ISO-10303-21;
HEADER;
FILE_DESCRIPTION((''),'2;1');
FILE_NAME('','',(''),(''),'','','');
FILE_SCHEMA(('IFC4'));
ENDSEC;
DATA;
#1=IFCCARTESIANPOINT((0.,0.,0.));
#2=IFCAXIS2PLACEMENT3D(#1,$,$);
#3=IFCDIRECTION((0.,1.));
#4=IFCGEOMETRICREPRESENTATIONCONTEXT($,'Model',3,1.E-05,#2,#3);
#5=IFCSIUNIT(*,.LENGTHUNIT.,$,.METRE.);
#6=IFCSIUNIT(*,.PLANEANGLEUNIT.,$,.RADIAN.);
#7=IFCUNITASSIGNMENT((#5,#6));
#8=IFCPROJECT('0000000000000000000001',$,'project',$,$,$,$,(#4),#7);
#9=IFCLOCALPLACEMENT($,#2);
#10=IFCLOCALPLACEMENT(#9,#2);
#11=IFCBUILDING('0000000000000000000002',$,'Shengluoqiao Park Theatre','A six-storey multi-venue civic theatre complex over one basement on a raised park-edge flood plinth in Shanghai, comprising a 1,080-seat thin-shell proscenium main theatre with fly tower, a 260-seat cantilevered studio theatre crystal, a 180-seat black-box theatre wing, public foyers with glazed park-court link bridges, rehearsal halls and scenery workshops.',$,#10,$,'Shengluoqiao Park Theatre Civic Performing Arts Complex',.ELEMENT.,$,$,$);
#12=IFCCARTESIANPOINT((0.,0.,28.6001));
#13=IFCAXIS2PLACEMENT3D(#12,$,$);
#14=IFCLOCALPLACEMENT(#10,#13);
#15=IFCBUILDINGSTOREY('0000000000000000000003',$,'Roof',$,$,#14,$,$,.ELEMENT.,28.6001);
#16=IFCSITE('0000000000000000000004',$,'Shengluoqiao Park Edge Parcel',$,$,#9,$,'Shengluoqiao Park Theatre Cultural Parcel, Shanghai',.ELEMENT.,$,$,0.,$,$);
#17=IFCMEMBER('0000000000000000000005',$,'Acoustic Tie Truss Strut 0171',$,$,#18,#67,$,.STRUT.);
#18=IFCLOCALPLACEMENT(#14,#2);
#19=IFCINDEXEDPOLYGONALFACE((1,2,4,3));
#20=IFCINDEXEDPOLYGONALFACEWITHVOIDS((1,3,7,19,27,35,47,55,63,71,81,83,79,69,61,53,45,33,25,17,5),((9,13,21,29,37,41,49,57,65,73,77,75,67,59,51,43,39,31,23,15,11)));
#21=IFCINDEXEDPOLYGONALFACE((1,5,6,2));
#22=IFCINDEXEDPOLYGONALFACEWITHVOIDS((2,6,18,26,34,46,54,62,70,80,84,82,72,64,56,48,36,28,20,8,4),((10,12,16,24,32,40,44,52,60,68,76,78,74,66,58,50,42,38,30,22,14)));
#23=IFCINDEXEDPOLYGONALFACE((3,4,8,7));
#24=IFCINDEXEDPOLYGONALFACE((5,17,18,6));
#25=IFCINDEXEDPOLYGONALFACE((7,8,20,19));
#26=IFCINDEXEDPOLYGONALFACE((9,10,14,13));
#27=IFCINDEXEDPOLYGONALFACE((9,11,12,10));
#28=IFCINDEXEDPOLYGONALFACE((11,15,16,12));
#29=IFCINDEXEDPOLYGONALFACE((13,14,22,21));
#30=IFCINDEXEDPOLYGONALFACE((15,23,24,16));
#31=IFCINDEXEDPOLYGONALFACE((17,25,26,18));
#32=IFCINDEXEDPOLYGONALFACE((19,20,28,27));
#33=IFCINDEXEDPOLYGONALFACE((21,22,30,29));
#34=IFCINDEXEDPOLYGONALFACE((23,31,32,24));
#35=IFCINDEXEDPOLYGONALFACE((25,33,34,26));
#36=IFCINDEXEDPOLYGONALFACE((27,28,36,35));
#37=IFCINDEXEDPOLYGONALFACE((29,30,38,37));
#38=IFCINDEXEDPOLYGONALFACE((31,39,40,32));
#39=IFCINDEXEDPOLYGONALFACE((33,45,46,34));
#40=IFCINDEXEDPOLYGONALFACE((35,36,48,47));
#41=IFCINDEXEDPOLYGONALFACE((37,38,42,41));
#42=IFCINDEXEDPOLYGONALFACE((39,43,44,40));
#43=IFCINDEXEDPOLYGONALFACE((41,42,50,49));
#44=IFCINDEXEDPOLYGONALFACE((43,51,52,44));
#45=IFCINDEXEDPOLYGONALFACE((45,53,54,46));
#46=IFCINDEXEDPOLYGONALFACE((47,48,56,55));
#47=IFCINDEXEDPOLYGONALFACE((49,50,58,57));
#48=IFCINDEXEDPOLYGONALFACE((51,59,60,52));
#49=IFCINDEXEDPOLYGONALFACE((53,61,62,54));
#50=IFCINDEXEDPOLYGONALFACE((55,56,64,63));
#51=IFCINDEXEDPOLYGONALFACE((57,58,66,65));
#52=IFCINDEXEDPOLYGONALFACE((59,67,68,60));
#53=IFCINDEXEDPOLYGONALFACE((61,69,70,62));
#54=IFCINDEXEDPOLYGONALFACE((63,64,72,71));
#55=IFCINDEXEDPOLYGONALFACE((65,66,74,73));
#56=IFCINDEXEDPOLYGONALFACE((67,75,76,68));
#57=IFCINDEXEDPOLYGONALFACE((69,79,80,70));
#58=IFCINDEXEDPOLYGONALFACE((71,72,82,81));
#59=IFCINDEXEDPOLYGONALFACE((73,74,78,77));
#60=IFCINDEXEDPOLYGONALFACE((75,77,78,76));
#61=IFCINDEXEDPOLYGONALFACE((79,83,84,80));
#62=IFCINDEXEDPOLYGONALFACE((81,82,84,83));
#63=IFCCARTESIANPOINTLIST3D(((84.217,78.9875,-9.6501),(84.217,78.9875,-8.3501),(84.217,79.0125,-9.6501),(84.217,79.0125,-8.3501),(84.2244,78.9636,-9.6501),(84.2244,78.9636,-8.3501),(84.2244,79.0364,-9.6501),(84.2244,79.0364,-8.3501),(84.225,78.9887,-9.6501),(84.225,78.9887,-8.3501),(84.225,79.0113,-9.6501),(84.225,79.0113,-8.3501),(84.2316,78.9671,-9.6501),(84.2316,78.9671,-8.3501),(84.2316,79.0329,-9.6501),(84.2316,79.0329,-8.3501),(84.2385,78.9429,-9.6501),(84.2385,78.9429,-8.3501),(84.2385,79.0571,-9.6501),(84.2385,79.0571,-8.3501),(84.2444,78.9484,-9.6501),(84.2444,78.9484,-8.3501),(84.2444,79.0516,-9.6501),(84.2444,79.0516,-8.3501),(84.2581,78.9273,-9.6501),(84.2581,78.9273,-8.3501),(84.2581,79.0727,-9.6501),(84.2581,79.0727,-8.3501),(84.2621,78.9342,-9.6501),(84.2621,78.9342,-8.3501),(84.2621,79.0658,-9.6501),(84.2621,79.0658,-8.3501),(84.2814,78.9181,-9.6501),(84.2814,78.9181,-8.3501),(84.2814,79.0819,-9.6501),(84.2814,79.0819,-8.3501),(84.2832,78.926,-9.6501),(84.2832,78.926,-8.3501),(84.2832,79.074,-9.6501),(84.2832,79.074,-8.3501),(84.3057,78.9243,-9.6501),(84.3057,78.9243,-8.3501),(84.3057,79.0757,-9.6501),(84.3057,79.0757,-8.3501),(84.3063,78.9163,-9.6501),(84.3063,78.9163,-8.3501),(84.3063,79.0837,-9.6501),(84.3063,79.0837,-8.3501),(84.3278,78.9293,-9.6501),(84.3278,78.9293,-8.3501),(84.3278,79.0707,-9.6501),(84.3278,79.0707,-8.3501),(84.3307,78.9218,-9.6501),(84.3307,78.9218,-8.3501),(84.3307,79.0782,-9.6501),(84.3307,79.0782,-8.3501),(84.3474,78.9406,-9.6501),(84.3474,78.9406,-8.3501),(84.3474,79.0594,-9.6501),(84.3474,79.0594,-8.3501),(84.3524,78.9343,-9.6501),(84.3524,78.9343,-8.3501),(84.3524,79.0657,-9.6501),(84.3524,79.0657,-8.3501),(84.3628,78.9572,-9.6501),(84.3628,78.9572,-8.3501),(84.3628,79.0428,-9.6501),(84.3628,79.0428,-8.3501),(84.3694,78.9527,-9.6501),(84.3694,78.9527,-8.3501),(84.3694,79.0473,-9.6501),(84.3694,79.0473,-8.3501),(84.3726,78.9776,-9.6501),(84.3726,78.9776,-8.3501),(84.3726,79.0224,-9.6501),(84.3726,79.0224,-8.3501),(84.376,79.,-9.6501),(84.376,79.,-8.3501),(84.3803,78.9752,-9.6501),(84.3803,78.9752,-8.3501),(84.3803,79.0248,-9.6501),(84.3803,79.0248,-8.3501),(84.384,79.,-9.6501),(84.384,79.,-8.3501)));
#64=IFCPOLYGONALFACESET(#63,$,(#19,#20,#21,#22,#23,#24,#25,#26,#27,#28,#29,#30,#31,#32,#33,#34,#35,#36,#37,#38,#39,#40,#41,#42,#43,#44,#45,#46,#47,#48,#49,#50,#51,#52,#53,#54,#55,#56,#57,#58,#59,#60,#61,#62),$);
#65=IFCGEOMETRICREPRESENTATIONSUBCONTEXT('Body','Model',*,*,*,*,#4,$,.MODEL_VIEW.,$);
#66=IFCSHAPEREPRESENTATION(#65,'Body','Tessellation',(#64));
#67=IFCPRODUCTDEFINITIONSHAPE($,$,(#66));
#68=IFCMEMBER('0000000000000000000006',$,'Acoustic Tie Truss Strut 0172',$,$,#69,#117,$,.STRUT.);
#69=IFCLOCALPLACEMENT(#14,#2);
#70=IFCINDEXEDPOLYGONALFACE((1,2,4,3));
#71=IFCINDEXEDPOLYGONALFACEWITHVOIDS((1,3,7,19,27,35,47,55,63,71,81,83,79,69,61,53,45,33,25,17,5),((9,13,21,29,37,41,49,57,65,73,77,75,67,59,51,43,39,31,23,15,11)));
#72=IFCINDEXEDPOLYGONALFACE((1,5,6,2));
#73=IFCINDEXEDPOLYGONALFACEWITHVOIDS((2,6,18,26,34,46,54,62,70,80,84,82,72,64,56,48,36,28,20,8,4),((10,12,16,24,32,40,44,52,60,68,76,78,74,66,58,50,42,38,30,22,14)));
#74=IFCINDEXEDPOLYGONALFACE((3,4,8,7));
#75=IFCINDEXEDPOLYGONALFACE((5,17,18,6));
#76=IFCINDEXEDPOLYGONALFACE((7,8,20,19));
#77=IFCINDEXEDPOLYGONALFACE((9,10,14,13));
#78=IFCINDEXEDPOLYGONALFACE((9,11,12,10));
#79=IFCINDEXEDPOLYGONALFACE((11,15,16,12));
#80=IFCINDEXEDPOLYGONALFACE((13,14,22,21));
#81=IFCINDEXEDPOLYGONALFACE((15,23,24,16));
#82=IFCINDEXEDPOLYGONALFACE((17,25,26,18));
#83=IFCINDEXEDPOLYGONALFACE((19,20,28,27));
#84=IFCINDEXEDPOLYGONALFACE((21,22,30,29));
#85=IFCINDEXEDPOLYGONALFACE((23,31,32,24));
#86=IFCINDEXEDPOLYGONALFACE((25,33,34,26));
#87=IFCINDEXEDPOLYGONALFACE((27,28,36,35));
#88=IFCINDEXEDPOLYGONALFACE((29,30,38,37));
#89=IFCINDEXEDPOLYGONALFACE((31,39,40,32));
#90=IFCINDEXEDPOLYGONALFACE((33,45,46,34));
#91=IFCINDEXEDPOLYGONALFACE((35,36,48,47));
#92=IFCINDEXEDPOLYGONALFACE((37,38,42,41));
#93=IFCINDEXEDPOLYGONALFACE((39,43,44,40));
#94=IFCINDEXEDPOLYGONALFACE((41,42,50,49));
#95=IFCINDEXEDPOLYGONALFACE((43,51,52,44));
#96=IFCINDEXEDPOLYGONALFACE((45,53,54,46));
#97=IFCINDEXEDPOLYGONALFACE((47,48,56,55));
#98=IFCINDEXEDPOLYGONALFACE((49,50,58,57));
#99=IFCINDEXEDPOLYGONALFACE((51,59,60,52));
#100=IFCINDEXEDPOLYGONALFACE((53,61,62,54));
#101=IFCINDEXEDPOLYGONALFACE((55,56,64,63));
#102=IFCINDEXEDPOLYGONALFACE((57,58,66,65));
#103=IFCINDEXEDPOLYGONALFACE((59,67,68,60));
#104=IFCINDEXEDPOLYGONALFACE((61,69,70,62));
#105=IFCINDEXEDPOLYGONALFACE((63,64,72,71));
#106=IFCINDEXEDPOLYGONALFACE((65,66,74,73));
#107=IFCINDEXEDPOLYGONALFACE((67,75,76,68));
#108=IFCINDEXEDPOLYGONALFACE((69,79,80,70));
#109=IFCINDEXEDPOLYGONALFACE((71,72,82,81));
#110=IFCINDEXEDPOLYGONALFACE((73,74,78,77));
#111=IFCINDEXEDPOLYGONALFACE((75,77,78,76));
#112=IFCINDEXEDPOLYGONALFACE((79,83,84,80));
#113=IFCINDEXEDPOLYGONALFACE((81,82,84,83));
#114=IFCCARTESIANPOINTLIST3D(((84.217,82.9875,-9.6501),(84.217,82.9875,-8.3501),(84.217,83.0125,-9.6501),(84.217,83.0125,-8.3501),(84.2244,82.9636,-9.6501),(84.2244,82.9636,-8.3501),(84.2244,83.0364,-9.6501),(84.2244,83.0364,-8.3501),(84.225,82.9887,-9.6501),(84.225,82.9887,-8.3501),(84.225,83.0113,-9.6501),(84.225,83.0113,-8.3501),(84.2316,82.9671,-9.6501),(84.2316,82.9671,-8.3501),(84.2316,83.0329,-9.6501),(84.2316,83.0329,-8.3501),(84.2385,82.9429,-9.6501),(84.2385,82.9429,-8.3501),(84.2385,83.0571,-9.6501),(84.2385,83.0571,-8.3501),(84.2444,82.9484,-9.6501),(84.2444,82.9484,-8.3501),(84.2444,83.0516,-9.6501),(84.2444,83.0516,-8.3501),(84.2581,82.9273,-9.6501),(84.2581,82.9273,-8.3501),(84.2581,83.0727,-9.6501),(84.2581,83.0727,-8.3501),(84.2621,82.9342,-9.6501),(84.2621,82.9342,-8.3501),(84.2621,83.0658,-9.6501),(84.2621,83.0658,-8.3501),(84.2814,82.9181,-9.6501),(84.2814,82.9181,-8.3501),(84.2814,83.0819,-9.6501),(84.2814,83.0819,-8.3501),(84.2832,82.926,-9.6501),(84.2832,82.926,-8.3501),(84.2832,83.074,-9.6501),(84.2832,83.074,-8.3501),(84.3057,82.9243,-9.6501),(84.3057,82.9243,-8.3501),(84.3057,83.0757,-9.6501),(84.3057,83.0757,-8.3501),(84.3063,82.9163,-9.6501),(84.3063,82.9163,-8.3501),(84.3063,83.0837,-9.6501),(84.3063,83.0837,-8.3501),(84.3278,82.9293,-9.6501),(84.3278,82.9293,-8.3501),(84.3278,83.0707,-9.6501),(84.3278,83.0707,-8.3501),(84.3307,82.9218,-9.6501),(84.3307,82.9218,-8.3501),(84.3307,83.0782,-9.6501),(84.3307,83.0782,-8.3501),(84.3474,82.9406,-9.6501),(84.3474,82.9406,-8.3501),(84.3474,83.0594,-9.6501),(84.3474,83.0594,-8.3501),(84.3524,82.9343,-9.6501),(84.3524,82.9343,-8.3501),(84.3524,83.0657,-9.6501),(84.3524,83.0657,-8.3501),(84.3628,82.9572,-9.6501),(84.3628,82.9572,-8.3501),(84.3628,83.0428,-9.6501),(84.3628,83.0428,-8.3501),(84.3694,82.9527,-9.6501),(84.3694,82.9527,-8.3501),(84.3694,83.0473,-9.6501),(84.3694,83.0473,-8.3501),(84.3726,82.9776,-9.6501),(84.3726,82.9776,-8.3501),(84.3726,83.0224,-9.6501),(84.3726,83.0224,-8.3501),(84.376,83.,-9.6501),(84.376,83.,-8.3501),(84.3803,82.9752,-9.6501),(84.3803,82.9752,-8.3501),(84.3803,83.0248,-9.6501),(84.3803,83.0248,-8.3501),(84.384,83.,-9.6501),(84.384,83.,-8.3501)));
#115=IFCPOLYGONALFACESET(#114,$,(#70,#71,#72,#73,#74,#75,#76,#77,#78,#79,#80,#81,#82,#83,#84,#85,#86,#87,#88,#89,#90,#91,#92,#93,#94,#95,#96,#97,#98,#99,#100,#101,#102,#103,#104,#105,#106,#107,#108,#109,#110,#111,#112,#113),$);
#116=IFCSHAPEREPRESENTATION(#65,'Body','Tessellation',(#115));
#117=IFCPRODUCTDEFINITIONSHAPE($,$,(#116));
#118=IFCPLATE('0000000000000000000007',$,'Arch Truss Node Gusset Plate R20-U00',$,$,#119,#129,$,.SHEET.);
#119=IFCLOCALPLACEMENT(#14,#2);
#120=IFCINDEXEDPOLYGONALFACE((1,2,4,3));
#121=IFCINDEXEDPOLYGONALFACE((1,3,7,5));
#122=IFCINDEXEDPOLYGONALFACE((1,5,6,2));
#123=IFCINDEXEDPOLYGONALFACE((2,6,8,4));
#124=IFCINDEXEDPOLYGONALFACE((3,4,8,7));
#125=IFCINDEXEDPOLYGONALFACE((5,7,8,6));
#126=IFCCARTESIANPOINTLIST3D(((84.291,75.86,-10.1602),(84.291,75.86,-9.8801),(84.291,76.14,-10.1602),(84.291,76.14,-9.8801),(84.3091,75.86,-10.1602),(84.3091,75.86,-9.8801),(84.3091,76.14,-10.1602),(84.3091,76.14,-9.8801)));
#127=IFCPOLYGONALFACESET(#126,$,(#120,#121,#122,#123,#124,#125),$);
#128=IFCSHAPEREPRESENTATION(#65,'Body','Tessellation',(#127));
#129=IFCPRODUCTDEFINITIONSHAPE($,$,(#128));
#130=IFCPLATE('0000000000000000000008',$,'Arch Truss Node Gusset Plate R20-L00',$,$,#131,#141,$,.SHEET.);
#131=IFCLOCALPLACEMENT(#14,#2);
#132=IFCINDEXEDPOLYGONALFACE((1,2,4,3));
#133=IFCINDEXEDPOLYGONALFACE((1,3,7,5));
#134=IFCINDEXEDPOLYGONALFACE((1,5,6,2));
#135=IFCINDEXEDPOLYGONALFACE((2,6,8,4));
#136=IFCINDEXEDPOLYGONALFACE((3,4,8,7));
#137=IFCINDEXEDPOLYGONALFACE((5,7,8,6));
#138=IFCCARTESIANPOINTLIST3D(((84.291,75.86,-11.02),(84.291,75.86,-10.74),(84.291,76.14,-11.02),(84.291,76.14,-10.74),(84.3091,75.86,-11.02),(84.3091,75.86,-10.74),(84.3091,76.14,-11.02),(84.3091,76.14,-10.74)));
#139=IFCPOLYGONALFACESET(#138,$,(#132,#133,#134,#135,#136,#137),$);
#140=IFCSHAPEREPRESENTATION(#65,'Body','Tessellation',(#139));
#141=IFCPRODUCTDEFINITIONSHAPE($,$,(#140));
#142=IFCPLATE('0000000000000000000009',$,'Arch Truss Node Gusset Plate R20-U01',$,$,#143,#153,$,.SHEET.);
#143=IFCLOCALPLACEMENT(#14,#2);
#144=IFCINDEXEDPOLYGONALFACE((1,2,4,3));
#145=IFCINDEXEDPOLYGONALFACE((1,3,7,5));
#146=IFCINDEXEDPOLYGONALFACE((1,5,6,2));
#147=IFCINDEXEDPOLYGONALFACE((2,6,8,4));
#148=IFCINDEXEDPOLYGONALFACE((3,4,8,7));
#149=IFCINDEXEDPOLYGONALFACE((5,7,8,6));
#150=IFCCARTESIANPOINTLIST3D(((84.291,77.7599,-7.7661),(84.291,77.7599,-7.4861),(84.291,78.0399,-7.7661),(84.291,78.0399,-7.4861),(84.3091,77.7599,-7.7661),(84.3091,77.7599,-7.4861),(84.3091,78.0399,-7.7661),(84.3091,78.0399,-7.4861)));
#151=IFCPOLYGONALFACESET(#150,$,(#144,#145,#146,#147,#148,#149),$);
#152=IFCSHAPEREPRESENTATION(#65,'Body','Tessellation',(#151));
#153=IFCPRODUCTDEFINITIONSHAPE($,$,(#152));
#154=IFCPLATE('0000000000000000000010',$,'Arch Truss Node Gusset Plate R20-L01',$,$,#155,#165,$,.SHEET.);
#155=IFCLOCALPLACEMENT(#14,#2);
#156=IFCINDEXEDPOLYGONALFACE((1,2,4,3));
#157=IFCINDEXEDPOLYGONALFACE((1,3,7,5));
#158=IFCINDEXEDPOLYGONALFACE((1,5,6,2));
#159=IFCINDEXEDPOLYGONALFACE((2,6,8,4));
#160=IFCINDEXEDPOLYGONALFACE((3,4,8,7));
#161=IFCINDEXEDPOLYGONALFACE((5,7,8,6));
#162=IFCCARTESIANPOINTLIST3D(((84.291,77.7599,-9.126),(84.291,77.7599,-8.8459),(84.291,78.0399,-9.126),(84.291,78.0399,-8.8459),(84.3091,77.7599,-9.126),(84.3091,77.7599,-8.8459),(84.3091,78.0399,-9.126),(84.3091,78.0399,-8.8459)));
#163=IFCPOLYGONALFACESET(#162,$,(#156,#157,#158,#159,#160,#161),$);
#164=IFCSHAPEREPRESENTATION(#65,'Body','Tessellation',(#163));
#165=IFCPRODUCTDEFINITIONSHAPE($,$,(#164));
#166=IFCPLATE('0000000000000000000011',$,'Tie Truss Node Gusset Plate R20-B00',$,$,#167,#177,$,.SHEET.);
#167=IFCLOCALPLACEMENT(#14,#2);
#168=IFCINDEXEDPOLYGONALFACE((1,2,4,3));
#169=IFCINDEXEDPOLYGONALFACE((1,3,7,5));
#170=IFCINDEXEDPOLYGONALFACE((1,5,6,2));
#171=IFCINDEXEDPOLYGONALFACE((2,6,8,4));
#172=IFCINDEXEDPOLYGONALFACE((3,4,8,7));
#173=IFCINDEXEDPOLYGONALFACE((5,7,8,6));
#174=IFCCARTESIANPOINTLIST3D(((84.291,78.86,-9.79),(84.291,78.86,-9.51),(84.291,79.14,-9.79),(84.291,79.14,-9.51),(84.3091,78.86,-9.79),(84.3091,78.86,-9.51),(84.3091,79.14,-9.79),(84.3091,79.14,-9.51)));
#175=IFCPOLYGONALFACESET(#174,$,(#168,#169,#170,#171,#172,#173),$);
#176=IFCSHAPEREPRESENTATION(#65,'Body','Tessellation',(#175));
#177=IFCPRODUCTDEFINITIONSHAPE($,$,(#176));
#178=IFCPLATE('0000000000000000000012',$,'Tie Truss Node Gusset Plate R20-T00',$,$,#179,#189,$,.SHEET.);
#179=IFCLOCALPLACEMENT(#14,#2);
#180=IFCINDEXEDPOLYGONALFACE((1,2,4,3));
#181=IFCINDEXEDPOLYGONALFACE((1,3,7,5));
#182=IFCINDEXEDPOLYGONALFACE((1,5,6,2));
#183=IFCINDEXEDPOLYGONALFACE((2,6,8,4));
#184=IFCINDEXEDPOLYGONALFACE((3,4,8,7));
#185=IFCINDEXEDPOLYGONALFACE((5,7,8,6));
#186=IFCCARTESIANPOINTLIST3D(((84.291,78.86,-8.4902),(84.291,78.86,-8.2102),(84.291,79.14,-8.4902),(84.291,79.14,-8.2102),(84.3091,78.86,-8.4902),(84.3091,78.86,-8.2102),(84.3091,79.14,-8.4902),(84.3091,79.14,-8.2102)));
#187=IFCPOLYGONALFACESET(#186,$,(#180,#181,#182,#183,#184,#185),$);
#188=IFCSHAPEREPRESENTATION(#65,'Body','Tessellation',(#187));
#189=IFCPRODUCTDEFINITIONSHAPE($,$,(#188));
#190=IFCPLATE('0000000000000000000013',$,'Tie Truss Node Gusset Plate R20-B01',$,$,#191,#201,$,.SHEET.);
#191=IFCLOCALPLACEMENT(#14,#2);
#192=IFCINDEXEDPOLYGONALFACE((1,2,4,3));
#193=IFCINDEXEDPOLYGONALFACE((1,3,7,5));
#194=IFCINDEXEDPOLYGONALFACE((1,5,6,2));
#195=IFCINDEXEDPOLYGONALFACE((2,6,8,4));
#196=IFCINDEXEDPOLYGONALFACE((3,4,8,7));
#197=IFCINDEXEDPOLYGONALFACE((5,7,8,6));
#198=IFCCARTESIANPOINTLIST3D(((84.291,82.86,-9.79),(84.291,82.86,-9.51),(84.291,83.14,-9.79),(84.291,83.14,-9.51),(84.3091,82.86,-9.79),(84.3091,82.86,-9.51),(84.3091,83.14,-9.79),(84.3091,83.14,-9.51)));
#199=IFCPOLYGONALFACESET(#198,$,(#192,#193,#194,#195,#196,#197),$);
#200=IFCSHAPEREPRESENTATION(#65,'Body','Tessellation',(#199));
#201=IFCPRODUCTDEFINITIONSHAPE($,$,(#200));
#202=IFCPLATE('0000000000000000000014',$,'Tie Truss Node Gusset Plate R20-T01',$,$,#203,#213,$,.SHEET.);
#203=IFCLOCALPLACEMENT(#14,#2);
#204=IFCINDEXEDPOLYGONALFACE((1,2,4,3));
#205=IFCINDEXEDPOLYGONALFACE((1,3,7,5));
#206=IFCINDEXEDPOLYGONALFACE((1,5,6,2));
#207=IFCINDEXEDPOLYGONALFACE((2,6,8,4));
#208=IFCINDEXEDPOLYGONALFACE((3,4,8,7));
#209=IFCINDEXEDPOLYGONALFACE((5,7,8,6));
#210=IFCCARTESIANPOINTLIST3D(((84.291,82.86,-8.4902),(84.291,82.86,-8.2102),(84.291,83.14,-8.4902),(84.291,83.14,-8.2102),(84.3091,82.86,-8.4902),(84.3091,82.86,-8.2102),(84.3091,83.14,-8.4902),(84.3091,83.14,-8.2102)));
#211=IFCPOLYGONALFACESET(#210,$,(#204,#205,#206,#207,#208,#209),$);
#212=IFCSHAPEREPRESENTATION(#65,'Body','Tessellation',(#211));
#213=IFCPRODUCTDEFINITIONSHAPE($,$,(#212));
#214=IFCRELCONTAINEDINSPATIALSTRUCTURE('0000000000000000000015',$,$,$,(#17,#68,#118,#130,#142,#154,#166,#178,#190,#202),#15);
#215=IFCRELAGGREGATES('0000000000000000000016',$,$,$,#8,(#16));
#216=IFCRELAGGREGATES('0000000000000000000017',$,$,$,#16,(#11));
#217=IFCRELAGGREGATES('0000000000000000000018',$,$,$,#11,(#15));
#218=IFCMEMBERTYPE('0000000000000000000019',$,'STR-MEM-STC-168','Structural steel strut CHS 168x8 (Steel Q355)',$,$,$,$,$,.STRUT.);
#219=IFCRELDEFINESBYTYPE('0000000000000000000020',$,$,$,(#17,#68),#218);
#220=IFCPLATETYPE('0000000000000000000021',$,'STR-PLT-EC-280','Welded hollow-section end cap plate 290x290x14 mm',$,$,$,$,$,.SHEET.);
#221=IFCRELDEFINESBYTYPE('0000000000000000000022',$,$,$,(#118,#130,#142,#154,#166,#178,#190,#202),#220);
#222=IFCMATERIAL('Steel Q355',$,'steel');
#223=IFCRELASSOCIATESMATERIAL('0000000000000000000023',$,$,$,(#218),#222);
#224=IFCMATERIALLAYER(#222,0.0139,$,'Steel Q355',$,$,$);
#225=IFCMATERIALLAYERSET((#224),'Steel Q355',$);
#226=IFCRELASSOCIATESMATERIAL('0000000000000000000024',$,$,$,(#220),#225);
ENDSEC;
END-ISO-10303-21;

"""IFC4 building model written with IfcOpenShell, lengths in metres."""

from ifc_helpers import new_model, si_unit, direction, frame, origin, origin_2d, place, context, subcontext, project, spatial, rectangle, hollow_circle, extrude, material, layer, layer_set, material_profile, profile_set, type_object, element, save


model = new_model("IFC4")

# Units and contexts
model_context = context("Model", 3, precision=1e-05, world=origin(), true_north=direction((0.0, 1.0)))
body_context = subcontext(model_context, "Body", "Model", "MODEL_VIEW")
ifc_project = project(units=[si_unit("LENGTHUNIT", "METRE"), si_unit("PLANEANGLEUNIT", "RADIAN")], contexts=[model_context])

# Site, building, storey
site_placement = place(None, origin())
site = spatial("IfcSite", under=ifc_project, at=site_placement, Name="Shengluoqiao Park Edge Parcel", LongName="Shengluoqiao Park Theatre Cultural Parcel, Shanghai", CompositionType="ELEMENT", RefElevation=0.0)
building_placement = place(site_placement, origin())
building = spatial("IfcBuilding", under=site, at=building_placement, Name="Shengluoqiao Park Theatre", Description="A six-storey multi-venue civic theatre complex over one basement on a raised park-edge flood plinth in Shanghai, comprising a 1,080-seat thin-shell proscenium main theatre with fly tower, a 260-seat cantilevered studio theatre crystal, a 180-seat black-box theatre wing, public foyers with glazed park-court link bridges, rehearsal halls and scenery workshops.", LongName="Shengluoqiao Park Theatre Civic Performing Arts Complex", CompositionType="ELEMENT")
storey_placement = place(building_placement, frame((0.0, 0.0, 28.6001)))
storey = spatial("IfcBuildingStorey", under=building, at=storey_placement, Name="Roof", CompositionType="ELEMENT", Elevation=28.6001)

# Shared definitions
ifc_material_1 = material(Name="Steel Q355", Category="steel")

# Members
ifc_material_profile_1 = material_profile(ifc_material_1, hollow_circle(Radius=0.084, WallThickness=0.0081, at=origin_2d()), Name="CHS 168x8")
ifc_profile_set_1 = profile_set([ifc_material_profile_1], Name="Steel Q355")
member_type_1 = type_object("IfcMemberType", Name="STR-MEM-STC-168", Description="Structural steel strut CHS 168x8 (Steel Q355)", PredefinedType="STRUT", material=ifc_profile_set_1)
for number, where, z_axis, x_axis, name in (
    (1, (84.3, 79.0, -9.6501), (0.0, 0.0, 1.0), (1.0, 0.0, 0.0), "Acoustic Tie Truss Strut 0171"),
    (2, (84.3, 83.0, -9.6501), (0.0, 0.0, 1.0), (1.0, 0.0, 0.0), "Acoustic Tie Truss Strut 0172"),
):
    element("IfcMember", number, at=place(storey_placement, frame(where, z_axis=z_axis, x_axis=x_axis)), inside=storey, type_object=member_type_1, Name=name, PredefinedType="STRUT", context=body_context, shape_type="SweptSolid", body=[
        extrude(hollow_circle(Radius=0.084, WallThickness=0.0081, at=origin_2d()), origin(), (0.0, 0.0, 1.0), 1.3),
    ])

# Plates
ifc_layer_1 = layer(ifc_material_1, 0.0139, Name="Steel Q355")
ifc_layer_set_1 = layer_set([ifc_layer_1], Name="Steel Q355")
plate_type_1 = type_object("IfcPlateType", Name="STR-PLT-EC-280", Description="Welded hollow-section end cap plate 290x290x14 mm", PredefinedType="SHEET", material=ifc_layer_set_1)
for number, where, z_axis, x_axis, name in (
    (3, (84.3, 76.0, -10.1602), (0.0, 0.0, 1.0), (1.0, 0.0, 0.0), "Arch Truss Node Gusset Plate R20-U00"),
    (4, (84.3, 76.0, -11.02), (0.0, 0.0, 1.0), (1.0, 0.0, 0.0), "Arch Truss Node Gusset Plate R20-L00"),
    (5, (84.3, 77.8999, -7.7661), (0.0, 0.0, 1.0), (1.0, 0.0, 0.0), "Arch Truss Node Gusset Plate R20-U01"),
    (6, (84.3, 77.8999, -9.126), (0.0, 0.0, 1.0), (1.0, 0.0, 0.0), "Arch Truss Node Gusset Plate R20-L01"),
    (7, (84.3, 79.0, -9.79), (0.0, 0.0, 1.0), (1.0, 0.0, 0.0), "Tie Truss Node Gusset Plate R20-B00"),
    (8, (84.3, 79.0, -8.4902), (0.0, 0.0, 1.0), (1.0, 0.0, 0.0), "Tie Truss Node Gusset Plate R20-T00"),
    (9, (84.3, 83.0, -9.79), (0.0, 0.0, 1.0), (1.0, 0.0, 0.0), "Tie Truss Node Gusset Plate R20-B01"),
    (10, (84.3, 83.0, -8.4902), (0.0, 0.0, 1.0), (1.0, 0.0, 0.0), "Tie Truss Node Gusset Plate R20-T01"),
):
    element("IfcPlate", number, at=place(storey_placement, frame(where, z_axis=z_axis, x_axis=x_axis)), inside=storey, type_object=plate_type_1, Name=name, PredefinedType="SHEET", context=body_context, shape_type="SweptSolid", body=[
        extrude(rectangle(XDim=0.0181, YDim=0.28, at=origin_2d()), origin(), (0.0, 0.0, 1.0), 0.28),
    ])

save(model, "model.ifc")
